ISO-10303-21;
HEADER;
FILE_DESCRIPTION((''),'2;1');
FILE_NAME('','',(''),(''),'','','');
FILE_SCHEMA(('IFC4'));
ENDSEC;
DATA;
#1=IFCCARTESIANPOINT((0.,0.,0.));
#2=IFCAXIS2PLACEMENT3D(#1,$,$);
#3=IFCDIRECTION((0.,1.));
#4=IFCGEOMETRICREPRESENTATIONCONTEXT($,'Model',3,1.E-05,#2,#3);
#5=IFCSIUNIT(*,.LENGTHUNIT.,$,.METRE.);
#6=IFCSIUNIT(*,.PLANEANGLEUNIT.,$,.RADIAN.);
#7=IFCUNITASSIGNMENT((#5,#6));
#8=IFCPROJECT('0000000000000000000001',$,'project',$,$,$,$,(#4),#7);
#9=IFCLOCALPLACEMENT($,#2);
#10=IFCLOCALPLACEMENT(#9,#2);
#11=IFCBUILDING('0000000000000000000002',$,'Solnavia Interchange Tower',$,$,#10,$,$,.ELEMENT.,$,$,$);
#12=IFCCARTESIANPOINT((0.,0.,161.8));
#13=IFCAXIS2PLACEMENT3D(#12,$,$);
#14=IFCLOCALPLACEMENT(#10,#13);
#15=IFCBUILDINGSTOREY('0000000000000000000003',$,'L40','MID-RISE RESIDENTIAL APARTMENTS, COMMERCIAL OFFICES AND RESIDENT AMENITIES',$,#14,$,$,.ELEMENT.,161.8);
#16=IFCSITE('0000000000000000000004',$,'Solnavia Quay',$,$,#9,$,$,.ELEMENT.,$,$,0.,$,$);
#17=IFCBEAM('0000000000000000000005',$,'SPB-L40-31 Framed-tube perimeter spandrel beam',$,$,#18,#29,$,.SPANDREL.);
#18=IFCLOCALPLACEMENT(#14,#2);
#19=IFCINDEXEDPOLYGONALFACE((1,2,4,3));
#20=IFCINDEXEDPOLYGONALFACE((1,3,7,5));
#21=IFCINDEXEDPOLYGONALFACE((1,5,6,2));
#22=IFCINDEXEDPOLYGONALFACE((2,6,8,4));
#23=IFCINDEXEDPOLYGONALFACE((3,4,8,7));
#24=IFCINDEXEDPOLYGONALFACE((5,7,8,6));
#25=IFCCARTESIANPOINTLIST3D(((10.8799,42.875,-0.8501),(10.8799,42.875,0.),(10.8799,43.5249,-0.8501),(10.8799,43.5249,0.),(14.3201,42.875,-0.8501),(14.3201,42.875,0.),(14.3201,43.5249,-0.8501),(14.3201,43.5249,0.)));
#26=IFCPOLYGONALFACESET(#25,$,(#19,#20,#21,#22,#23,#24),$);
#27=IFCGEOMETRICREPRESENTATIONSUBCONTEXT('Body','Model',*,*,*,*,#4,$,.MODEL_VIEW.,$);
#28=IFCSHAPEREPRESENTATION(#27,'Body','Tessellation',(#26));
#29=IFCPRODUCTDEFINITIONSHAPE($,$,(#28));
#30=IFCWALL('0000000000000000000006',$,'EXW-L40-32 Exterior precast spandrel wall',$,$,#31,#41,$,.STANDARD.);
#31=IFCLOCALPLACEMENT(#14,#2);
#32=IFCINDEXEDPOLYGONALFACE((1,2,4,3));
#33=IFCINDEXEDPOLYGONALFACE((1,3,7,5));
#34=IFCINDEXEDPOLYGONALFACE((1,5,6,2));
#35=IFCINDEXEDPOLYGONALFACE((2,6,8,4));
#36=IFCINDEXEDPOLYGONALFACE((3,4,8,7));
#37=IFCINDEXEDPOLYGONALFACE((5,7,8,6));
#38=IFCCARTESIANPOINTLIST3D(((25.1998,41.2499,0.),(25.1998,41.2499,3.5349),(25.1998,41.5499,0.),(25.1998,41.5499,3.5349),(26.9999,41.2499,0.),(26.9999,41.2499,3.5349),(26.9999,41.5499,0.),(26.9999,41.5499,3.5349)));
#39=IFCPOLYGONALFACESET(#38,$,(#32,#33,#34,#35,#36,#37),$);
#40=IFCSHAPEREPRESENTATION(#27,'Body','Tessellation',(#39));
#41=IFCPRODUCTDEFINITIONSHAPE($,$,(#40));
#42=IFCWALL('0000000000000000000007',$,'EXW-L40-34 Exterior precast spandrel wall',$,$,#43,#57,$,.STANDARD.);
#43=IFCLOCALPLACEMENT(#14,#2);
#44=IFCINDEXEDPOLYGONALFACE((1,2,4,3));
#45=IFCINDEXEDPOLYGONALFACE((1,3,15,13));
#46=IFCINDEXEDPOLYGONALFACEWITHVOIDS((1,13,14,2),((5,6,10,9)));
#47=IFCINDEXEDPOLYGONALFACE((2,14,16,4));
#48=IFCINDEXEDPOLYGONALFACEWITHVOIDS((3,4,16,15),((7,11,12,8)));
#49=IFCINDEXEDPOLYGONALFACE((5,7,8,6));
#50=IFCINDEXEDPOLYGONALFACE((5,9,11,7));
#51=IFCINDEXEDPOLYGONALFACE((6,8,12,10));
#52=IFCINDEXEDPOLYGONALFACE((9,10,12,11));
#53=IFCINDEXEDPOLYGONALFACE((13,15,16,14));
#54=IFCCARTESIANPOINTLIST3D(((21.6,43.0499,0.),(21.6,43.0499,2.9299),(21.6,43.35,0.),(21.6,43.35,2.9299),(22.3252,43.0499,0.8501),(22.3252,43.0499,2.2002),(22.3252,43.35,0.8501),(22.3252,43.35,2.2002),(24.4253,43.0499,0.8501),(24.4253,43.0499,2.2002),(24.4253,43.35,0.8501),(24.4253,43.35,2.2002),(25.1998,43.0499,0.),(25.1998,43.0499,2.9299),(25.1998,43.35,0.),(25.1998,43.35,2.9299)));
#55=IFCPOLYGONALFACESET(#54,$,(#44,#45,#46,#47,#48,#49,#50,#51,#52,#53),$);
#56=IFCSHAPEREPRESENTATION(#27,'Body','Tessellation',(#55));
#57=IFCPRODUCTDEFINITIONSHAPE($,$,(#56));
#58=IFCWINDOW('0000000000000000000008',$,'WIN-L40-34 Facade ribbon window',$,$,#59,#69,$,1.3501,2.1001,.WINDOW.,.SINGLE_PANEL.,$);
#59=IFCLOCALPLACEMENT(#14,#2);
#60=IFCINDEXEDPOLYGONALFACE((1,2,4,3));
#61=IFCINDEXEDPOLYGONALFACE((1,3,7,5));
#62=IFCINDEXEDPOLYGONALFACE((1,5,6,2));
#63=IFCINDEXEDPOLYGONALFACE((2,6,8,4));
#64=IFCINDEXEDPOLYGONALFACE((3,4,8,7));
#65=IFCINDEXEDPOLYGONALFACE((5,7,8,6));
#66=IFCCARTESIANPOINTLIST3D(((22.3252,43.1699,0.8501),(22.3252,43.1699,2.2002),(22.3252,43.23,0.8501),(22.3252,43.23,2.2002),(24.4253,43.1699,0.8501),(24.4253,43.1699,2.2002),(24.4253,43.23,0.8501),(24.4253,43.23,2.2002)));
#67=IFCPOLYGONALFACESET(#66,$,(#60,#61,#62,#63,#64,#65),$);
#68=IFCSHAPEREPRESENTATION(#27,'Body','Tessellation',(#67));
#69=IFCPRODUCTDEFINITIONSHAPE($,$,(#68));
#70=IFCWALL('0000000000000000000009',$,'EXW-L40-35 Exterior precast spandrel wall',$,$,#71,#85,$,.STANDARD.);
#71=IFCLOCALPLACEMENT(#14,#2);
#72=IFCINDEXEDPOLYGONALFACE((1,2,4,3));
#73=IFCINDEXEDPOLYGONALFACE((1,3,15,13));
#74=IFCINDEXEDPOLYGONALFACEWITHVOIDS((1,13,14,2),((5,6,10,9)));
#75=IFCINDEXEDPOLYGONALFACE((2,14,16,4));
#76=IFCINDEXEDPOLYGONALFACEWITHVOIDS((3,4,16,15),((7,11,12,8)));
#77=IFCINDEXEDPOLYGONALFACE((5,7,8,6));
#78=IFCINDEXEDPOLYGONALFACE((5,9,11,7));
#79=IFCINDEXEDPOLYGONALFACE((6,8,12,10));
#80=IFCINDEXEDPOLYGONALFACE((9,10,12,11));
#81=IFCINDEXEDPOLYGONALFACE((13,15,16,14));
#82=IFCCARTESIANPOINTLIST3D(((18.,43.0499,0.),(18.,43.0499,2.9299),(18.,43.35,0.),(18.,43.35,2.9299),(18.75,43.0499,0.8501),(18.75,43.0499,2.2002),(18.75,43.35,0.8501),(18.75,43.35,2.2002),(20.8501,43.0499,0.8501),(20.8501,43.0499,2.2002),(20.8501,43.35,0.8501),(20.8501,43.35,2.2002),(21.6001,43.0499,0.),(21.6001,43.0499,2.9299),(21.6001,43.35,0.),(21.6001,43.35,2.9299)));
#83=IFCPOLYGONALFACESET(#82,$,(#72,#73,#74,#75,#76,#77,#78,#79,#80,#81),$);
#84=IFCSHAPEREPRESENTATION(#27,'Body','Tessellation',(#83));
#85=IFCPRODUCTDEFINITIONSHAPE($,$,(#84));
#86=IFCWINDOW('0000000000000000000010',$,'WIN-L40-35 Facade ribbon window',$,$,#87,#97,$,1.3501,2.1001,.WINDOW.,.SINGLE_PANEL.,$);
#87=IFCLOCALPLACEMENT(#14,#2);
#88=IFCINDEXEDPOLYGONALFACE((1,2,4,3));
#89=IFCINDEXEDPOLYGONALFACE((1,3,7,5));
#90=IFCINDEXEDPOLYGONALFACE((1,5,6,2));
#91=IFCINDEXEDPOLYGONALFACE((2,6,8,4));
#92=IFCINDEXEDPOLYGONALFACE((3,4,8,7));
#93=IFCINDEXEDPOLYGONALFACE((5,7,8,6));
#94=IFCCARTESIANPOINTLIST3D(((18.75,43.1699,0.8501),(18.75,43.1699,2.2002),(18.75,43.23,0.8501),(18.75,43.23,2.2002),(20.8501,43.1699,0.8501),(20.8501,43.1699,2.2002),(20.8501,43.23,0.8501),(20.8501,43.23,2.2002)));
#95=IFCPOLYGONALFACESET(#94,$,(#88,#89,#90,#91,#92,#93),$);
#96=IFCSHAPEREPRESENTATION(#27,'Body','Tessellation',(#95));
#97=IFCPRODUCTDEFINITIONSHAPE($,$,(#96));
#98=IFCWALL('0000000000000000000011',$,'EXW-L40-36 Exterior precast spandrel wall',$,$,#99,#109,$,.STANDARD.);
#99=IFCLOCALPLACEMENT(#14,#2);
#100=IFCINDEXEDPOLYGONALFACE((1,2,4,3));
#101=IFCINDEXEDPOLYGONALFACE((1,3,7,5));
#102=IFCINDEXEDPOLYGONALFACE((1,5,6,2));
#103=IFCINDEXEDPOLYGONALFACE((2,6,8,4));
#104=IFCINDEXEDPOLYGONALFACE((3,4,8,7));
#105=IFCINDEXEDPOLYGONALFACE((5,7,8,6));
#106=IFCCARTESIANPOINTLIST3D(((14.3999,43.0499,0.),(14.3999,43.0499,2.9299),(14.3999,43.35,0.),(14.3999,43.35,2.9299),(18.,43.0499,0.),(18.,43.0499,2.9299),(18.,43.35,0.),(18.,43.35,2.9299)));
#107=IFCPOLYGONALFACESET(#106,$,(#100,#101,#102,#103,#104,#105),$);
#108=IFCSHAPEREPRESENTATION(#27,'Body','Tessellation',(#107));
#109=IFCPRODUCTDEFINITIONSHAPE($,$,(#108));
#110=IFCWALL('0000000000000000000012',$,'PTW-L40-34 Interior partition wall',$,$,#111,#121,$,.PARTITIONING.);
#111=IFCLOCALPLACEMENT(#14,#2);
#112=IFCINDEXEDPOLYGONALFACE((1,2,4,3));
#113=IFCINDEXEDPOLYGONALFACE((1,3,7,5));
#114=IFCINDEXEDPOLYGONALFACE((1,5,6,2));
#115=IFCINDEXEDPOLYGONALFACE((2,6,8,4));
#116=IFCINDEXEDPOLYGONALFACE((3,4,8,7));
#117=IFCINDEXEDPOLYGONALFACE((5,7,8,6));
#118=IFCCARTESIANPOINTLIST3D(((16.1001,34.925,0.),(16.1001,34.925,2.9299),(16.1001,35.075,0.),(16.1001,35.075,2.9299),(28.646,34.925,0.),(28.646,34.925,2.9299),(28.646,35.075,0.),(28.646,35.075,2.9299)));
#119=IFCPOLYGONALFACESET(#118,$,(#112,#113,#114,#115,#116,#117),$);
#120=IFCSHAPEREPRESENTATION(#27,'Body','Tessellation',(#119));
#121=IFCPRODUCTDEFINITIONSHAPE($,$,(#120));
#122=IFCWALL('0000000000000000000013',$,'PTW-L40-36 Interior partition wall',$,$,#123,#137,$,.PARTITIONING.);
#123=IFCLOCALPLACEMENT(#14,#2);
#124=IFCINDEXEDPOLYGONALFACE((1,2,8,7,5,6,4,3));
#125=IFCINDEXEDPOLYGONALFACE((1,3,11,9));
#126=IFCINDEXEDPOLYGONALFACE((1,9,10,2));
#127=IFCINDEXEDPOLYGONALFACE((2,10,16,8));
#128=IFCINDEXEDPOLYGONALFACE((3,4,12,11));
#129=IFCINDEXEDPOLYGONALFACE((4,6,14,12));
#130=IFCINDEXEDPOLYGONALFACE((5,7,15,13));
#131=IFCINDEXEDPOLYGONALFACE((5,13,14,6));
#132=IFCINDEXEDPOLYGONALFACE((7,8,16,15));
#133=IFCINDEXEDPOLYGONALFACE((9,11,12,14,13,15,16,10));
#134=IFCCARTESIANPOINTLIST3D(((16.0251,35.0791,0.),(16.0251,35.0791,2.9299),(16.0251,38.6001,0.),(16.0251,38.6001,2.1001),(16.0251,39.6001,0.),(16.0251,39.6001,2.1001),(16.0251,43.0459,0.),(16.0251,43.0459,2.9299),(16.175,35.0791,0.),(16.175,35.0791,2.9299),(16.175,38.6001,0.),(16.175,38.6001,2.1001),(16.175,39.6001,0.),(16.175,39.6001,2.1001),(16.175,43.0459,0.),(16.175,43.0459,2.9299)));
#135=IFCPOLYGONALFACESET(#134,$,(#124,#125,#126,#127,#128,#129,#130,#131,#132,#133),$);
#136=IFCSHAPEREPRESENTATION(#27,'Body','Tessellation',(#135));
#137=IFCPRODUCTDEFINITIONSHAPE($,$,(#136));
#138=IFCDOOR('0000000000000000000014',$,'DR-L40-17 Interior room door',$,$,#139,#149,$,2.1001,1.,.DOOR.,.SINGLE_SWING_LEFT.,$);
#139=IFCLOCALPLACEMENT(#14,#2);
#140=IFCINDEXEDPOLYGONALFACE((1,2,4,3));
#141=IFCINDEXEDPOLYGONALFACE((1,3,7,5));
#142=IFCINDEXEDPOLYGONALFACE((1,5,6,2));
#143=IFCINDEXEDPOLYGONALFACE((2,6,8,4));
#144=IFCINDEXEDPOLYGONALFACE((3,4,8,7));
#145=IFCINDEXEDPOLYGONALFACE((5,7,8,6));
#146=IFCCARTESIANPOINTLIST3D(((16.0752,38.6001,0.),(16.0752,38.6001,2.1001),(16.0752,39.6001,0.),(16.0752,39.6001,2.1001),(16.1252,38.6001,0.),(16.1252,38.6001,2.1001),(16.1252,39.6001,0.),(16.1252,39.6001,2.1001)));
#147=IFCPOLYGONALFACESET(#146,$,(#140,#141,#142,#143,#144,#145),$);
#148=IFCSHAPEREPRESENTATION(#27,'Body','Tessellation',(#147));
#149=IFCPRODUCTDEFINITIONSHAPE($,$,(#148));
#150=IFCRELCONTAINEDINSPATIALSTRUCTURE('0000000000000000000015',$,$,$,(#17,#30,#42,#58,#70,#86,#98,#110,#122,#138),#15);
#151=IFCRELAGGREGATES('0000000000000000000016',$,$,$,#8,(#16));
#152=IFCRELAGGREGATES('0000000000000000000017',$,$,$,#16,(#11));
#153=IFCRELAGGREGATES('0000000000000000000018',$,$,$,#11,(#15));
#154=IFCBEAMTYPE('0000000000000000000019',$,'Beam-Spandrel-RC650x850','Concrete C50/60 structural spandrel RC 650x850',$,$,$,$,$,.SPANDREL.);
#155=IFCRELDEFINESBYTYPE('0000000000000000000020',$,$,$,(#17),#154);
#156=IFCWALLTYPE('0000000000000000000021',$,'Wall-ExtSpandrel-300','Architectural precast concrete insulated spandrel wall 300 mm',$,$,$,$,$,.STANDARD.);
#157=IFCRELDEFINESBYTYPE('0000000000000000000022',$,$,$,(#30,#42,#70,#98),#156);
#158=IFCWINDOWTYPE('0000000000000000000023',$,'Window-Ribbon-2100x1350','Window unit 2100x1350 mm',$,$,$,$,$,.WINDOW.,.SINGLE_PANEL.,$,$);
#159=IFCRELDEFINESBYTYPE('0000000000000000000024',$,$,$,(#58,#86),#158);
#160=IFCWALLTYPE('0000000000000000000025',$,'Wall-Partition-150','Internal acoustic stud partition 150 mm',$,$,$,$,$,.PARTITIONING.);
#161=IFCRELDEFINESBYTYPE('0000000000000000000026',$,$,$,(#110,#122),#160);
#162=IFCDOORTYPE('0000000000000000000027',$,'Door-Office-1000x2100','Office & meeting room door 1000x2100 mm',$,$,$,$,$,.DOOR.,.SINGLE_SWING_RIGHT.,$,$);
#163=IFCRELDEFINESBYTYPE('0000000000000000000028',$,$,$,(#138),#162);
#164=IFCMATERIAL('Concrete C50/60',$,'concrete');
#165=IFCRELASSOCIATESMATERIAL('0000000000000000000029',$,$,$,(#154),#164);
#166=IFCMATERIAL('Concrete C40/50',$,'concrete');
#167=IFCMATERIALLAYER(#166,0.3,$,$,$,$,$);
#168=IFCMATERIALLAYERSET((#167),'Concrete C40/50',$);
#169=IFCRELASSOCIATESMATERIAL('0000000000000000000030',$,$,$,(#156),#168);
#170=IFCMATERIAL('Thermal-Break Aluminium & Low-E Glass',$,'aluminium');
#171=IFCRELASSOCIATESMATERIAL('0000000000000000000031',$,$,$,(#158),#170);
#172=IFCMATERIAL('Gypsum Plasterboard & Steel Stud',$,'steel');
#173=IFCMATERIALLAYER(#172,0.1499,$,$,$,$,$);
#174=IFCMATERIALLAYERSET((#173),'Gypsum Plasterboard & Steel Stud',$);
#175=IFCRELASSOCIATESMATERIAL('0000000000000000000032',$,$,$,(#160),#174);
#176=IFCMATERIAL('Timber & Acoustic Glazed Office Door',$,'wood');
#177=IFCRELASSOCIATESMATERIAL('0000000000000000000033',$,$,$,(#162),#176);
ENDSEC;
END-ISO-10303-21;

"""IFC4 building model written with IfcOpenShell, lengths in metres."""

from ifc_helpers import new_model, si_unit, direction, frame, frame_2d, origin, origin_2d, place, context, subcontext, project, spatial, rectangle, extrude, material, layer, layer_set, material_profile, profile_set, type_object, element, fill, save


model = new_model("IFC4")

# Units and contexts
model_context = context("Model", 3, precision=1e-05, world=origin(), true_north=direction((0.0, 1.0)))
body_context = subcontext(model_context, "Body", "Model", "MODEL_VIEW")
ifc_project = project(units=[si_unit("LENGTHUNIT", "METRE"), si_unit("PLANEANGLEUNIT", "RADIAN")], contexts=[model_context])

# Site, building, storey
site_placement = place(None, origin())
site = spatial("IfcSite", under=ifc_project, at=site_placement, Name="Solnavia Quay", CompositionType="ELEMENT", RefElevation=0.0)
building_placement = place(site_placement, origin())
building = spatial("IfcBuilding", under=site, at=building_placement, Name="Solnavia Interchange Tower", CompositionType="ELEMENT")
storey_placement = place(building_placement, frame((0.0, 0.0, 161.8)))
storey = spatial("IfcBuildingStorey", under=building, at=storey_placement, Name="L40", Description="MID-RISE RESIDENTIAL APARTMENTS, COMMERCIAL OFFICES AND RESIDENT AMENITIES", CompositionType="ELEMENT", Elevation=161.8)

# Shared definitions
ifc_material_1 = material(Name="Concrete C50/60", Category="concrete")

# Beam
ifc_material_profile_1 = material_profile(ifc_material_1, rectangle(XDim=0.6499, YDim=0.8501, at=origin_2d()), Name="RC 650x850")
ifc_profile_set_1 = profile_set([ifc_material_profile_1], Name="Concrete C50/60")
beam_type_1 = type_object("IfcBeamType", Name="Beam-Spandrel-RC650x850", Description="Concrete C50/60 structural spandrel RC 650x850", PredefinedType="SPANDREL", material=ifc_profile_set_1)
beam_1_placement = place(storey_placement, frame((14.3201, 43.2, -0.425), z_axis=(-1.0, 0.0, 0.0), x_axis=(0.0, -1.0, 0.0)))
element("IfcBeam", 1, at=beam_1_placement, inside=storey, type_object=beam_type_1, Name="SPB-L40-31 Framed-tube perimeter spandrel beam", PredefinedType="SPANDREL", context=body_context, shape_type="SweptSolid", body=[
    extrude(rectangle(XDim=0.6499, YDim=0.8501, at=origin_2d()), origin(), (0.0, 0.0, 1.0), 3.4402),
])

# Wall
ifc_material_2 = material(Name="Concrete C40/50", Category="concrete")
ifc_layer_1 = layer(ifc_material_2, 0.3)
ifc_layer_set_1 = layer_set([ifc_layer_1], Name="Concrete C40/50")
wall_type_1 = type_object("IfcWallType", Name="Wall-ExtSpandrel-300", Description="Architectural precast concrete insulated spandrel wall 300 mm", PredefinedType="STANDARD", material=ifc_layer_set_1)
wall_1_placement = place(storey_placement, frame((25.2, 41.3999, 0.0), z_axis=(0.0, 0.0, 1.0), x_axis=(1.0, 0.0, 0.0)))
element("IfcWall", 2, at=wall_1_placement, inside=storey, type_object=wall_type_1, Name="EXW-L40-32 Exterior precast spandrel wall", PredefinedType="STANDARD", context=body_context, shape_type="SweptSolid", body=[
    extrude(rectangle(XDim=1.8, YDim=0.3, at=frame_2d((0.8999, 0.0))), origin(), (0.0, 0.0, 1.0), 3.5349),
])

# Walls, openings, windows
wall_2_placement = place(storey_placement, frame((21.6001, 43.2, 0.0), z_axis=(0.0, 0.0, 1.0), x_axis=(1.0, 0.0, 0.0)))
wall_2 = element("IfcWall", 3, at=wall_2_placement, inside=storey, type_object=wall_type_1, Name="EXW-L40-34 Exterior precast spandrel wall", PredefinedType="STANDARD", context=body_context, shape_type="SweptSolid", body=[
    extrude(rectangle(XDim=3.5999, YDim=0.3, at=frame_2d((1.7998, 0.0))), origin(), (0.0, 0.0, 1.0), 2.9299),
])
opening_1_placement = place(wall_2_placement, frame((0.7251, 0.0, 0.8501)))
opening_1 = element("IfcOpeningElement", 4, at=opening_1_placement, cuts=wall_2, PredefinedType="OPENING", context=body_context, shape_type="SweptSolid", body=[
    extrude(rectangle(XDim=2.1001, YDim=1.3501, at=frame_2d((1.05, 0.675))), frame((0.0, 0.1602, 0.0), z_axis=(0.0, -1.0, 0.0), x_axis=(1.0, 0.0, 0.0)), (0.0, 0.0, 1.0), 0.3201),
])
ifc_material_3 = material(Name="Thermal-Break Aluminium & Low-E Glass", Category="aluminium")
window_type = type_object("IfcWindowType", Name="Window-Ribbon-2100x1350", Description="Window unit 2100x1350 mm", PartitioningType="SINGLE_PANEL", PredefinedType="WINDOW", material=ifc_material_3)
window_1_placement = place(opening_1_placement, origin())
window_1 = element("IfcWindow", 5, at=window_1_placement, inside=storey, type_object=window_type, Name="WIN-L40-34 Facade ribbon window", OverallHeight=1.3501, OverallWidth=2.1001, PartitioningType="SINGLE_PANEL", PredefinedType="WINDOW", context=body_context, shape_type="SweptSolid", body=[
    extrude(rectangle(XDim=2.1001, YDim=1.3501, at=frame_2d((1.05, 0.675))), frame((0.0, 0.03, 0.0), z_axis=(0.0, -1.0, 0.0), x_axis=(1.0, 0.0, 0.0)), (0.0, 0.0, 1.0), 0.0601),
])
fill(opening_1, window_1)
wall_3_placement = place(storey_placement, frame((18.0, 43.2, 0.0), z_axis=(0.0, 0.0, 1.0), x_axis=(1.0, 0.0, 0.0)))
wall_3 = element("IfcWall", 6, at=wall_3_placement, inside=storey, type_object=wall_type_1, Name="EXW-L40-35 Exterior precast spandrel wall", PredefinedType="STANDARD", context=body_context, shape_type="SweptSolid", body=[
    extrude(rectangle(XDim=3.6001, YDim=0.3, at=frame_2d((1.8, 0.0))), origin(), (0.0, 0.0, 1.0), 2.9299),
])
opening_2_placement = place(wall_3_placement, frame((0.75, 0.0, 0.8501)))
opening_2 = element("IfcOpeningElement", 7, at=opening_2_placement, cuts=wall_3, PredefinedType="OPENING", context=body_context, shape_type="SweptSolid", body=[
    extrude(rectangle(XDim=2.1001, YDim=1.3501, at=frame_2d((1.05, 0.675))), frame((0.0, 0.1602, 0.0), z_axis=(0.0, -1.0, 0.0), x_axis=(1.0, 0.0, 0.0)), (0.0, 0.0, 1.0), 0.3201),
])
window_2_placement = place(opening_2_placement, origin())
window_2 = element("IfcWindow", 8, at=window_2_placement, inside=storey, type_object=window_type, Name="WIN-L40-35 Facade ribbon window", OverallHeight=1.3501, OverallWidth=2.1001, PartitioningType="SINGLE_PANEL", PredefinedType="WINDOW", context=body_context, shape_type="SweptSolid", body=[
    extrude(rectangle(XDim=2.1001, YDim=1.3501, at=frame_2d((1.05, 0.675))), frame((0.0, 0.03, 0.0), z_axis=(0.0, -1.0, 0.0), x_axis=(1.0, 0.0, 0.0)), (0.0, 0.0, 1.0), 0.0601),
])
fill(opening_2, window_2)

# Walls
wall_4_placement = place(storey_placement, frame((14.3999, 43.2, 0.0), z_axis=(0.0, 0.0, 1.0), x_axis=(1.0, 0.0, 0.0)))
element("IfcWall", 9, at=wall_4_placement, inside=storey, type_object=wall_type_1, Name="EXW-L40-36 Exterior precast spandrel wall", PredefinedType="STANDARD", context=body_context, shape_type="SweptSolid", body=[
    extrude(rectangle(XDim=3.6001, YDim=0.3, at=frame_2d((1.8, 0.0))), origin(), (0.0, 0.0, 1.0), 2.9299),
])
ifc_material_4 = material(Name="Gypsum Plasterboard & Steel Stud", Category="steel")
ifc_layer_2 = layer(ifc_material_4, 0.1499)
ifc_layer_set_2 = layer_set([ifc_layer_2], Name="Gypsum Plasterboard & Steel Stud")
wall_type_2 = type_object("IfcWallType", Name="Wall-Partition-150", Description="Internal acoustic stud partition 150 mm", PredefinedType="PARTITIONING", material=ifc_layer_set_2)
wall_5_placement = place(storey_placement, frame((16.1001, 35.0, 0.0), z_axis=(0.0, 0.0, 1.0), x_axis=(1.0, 0.0, 0.0)))
element("IfcWall", 10, at=wall_5_placement, inside=storey, type_object=wall_type_2, Name="PTW-L40-34 Interior partition wall", PredefinedType="PARTITIONING", context=body_context, shape_type="SweptSolid", body=[
    extrude(rectangle(XDim=12.5459, YDim=0.1499, at=frame_2d((6.2729, 0.0))), origin(), (0.0, 0.0, 1.0), 2.9299),
])

# Wall, opening, door
wall_6_placement = place(storey_placement, frame((16.1001, 35.0791, 0.0), z_axis=(0.0, 0.0, 1.0), x_axis=(0.0, 1.0, 0.0)))
wall_6 = element("IfcWall", 11, at=wall_6_placement, inside=storey, type_object=wall_type_2, Name="PTW-L40-36 Interior partition wall", PredefinedType="PARTITIONING", context=body_context, shape_type="SweptSolid", body=[
    extrude(rectangle(XDim=7.9668, YDim=0.1499, at=frame_2d((3.9834, 0.0))), origin(), (0.0, 0.0, 1.0), 2.9299),
])
opening_3_placement = place(wall_6_placement, frame((3.521, 0.0, 0.0)))
opening_3 = element("IfcOpeningElement", 12, at=opening_3_placement, cuts=wall_6, PredefinedType="OPENING", context=body_context, shape_type="SweptSolid", body=[
    extrude(rectangle(XDim=1.0, YDim=2.1001, at=frame_2d((0.5, 1.05))), frame((0.0, 0.085, 0.0), z_axis=(0.0, -1.0, 0.0), x_axis=(1.0, 0.0, 0.0)), (0.0, 0.0, 1.0), 0.1699),
])
ifc_material_5 = material(Name="Timber & Acoustic Glazed Office Door", Category="wood")
door_type = type_object("IfcDoorType", Name="Door-Office-1000x2100", Description="Office & meeting room door 1000x2100 mm", OperationType="SINGLE_SWING_RIGHT", PredefinedType="DOOR", material=ifc_material_5)
door_placement = place(opening_3_placement, origin())
door = element("IfcDoor", 13, at=door_placement, inside=storey, type_object=door_type, Name="DR-L40-17 Interior room door", OperationType="SINGLE_SWING_LEFT", OverallHeight=2.1001, OverallWidth=1.0, PredefinedType="DOOR", context=body_context, shape_type="SweptSolid", body=[
    extrude(rectangle(XDim=1.0, YDim=2.1001, at=frame_2d((0.5, 1.05))), frame((0.0, 0.0249, 0.0), z_axis=(0.0, -1.0, 0.0), x_axis=(1.0, 0.0, 0.0)), (0.0, 0.0, 1.0), 0.05),
])
fill(opening_3, door)

save(model, "model.ifc")
